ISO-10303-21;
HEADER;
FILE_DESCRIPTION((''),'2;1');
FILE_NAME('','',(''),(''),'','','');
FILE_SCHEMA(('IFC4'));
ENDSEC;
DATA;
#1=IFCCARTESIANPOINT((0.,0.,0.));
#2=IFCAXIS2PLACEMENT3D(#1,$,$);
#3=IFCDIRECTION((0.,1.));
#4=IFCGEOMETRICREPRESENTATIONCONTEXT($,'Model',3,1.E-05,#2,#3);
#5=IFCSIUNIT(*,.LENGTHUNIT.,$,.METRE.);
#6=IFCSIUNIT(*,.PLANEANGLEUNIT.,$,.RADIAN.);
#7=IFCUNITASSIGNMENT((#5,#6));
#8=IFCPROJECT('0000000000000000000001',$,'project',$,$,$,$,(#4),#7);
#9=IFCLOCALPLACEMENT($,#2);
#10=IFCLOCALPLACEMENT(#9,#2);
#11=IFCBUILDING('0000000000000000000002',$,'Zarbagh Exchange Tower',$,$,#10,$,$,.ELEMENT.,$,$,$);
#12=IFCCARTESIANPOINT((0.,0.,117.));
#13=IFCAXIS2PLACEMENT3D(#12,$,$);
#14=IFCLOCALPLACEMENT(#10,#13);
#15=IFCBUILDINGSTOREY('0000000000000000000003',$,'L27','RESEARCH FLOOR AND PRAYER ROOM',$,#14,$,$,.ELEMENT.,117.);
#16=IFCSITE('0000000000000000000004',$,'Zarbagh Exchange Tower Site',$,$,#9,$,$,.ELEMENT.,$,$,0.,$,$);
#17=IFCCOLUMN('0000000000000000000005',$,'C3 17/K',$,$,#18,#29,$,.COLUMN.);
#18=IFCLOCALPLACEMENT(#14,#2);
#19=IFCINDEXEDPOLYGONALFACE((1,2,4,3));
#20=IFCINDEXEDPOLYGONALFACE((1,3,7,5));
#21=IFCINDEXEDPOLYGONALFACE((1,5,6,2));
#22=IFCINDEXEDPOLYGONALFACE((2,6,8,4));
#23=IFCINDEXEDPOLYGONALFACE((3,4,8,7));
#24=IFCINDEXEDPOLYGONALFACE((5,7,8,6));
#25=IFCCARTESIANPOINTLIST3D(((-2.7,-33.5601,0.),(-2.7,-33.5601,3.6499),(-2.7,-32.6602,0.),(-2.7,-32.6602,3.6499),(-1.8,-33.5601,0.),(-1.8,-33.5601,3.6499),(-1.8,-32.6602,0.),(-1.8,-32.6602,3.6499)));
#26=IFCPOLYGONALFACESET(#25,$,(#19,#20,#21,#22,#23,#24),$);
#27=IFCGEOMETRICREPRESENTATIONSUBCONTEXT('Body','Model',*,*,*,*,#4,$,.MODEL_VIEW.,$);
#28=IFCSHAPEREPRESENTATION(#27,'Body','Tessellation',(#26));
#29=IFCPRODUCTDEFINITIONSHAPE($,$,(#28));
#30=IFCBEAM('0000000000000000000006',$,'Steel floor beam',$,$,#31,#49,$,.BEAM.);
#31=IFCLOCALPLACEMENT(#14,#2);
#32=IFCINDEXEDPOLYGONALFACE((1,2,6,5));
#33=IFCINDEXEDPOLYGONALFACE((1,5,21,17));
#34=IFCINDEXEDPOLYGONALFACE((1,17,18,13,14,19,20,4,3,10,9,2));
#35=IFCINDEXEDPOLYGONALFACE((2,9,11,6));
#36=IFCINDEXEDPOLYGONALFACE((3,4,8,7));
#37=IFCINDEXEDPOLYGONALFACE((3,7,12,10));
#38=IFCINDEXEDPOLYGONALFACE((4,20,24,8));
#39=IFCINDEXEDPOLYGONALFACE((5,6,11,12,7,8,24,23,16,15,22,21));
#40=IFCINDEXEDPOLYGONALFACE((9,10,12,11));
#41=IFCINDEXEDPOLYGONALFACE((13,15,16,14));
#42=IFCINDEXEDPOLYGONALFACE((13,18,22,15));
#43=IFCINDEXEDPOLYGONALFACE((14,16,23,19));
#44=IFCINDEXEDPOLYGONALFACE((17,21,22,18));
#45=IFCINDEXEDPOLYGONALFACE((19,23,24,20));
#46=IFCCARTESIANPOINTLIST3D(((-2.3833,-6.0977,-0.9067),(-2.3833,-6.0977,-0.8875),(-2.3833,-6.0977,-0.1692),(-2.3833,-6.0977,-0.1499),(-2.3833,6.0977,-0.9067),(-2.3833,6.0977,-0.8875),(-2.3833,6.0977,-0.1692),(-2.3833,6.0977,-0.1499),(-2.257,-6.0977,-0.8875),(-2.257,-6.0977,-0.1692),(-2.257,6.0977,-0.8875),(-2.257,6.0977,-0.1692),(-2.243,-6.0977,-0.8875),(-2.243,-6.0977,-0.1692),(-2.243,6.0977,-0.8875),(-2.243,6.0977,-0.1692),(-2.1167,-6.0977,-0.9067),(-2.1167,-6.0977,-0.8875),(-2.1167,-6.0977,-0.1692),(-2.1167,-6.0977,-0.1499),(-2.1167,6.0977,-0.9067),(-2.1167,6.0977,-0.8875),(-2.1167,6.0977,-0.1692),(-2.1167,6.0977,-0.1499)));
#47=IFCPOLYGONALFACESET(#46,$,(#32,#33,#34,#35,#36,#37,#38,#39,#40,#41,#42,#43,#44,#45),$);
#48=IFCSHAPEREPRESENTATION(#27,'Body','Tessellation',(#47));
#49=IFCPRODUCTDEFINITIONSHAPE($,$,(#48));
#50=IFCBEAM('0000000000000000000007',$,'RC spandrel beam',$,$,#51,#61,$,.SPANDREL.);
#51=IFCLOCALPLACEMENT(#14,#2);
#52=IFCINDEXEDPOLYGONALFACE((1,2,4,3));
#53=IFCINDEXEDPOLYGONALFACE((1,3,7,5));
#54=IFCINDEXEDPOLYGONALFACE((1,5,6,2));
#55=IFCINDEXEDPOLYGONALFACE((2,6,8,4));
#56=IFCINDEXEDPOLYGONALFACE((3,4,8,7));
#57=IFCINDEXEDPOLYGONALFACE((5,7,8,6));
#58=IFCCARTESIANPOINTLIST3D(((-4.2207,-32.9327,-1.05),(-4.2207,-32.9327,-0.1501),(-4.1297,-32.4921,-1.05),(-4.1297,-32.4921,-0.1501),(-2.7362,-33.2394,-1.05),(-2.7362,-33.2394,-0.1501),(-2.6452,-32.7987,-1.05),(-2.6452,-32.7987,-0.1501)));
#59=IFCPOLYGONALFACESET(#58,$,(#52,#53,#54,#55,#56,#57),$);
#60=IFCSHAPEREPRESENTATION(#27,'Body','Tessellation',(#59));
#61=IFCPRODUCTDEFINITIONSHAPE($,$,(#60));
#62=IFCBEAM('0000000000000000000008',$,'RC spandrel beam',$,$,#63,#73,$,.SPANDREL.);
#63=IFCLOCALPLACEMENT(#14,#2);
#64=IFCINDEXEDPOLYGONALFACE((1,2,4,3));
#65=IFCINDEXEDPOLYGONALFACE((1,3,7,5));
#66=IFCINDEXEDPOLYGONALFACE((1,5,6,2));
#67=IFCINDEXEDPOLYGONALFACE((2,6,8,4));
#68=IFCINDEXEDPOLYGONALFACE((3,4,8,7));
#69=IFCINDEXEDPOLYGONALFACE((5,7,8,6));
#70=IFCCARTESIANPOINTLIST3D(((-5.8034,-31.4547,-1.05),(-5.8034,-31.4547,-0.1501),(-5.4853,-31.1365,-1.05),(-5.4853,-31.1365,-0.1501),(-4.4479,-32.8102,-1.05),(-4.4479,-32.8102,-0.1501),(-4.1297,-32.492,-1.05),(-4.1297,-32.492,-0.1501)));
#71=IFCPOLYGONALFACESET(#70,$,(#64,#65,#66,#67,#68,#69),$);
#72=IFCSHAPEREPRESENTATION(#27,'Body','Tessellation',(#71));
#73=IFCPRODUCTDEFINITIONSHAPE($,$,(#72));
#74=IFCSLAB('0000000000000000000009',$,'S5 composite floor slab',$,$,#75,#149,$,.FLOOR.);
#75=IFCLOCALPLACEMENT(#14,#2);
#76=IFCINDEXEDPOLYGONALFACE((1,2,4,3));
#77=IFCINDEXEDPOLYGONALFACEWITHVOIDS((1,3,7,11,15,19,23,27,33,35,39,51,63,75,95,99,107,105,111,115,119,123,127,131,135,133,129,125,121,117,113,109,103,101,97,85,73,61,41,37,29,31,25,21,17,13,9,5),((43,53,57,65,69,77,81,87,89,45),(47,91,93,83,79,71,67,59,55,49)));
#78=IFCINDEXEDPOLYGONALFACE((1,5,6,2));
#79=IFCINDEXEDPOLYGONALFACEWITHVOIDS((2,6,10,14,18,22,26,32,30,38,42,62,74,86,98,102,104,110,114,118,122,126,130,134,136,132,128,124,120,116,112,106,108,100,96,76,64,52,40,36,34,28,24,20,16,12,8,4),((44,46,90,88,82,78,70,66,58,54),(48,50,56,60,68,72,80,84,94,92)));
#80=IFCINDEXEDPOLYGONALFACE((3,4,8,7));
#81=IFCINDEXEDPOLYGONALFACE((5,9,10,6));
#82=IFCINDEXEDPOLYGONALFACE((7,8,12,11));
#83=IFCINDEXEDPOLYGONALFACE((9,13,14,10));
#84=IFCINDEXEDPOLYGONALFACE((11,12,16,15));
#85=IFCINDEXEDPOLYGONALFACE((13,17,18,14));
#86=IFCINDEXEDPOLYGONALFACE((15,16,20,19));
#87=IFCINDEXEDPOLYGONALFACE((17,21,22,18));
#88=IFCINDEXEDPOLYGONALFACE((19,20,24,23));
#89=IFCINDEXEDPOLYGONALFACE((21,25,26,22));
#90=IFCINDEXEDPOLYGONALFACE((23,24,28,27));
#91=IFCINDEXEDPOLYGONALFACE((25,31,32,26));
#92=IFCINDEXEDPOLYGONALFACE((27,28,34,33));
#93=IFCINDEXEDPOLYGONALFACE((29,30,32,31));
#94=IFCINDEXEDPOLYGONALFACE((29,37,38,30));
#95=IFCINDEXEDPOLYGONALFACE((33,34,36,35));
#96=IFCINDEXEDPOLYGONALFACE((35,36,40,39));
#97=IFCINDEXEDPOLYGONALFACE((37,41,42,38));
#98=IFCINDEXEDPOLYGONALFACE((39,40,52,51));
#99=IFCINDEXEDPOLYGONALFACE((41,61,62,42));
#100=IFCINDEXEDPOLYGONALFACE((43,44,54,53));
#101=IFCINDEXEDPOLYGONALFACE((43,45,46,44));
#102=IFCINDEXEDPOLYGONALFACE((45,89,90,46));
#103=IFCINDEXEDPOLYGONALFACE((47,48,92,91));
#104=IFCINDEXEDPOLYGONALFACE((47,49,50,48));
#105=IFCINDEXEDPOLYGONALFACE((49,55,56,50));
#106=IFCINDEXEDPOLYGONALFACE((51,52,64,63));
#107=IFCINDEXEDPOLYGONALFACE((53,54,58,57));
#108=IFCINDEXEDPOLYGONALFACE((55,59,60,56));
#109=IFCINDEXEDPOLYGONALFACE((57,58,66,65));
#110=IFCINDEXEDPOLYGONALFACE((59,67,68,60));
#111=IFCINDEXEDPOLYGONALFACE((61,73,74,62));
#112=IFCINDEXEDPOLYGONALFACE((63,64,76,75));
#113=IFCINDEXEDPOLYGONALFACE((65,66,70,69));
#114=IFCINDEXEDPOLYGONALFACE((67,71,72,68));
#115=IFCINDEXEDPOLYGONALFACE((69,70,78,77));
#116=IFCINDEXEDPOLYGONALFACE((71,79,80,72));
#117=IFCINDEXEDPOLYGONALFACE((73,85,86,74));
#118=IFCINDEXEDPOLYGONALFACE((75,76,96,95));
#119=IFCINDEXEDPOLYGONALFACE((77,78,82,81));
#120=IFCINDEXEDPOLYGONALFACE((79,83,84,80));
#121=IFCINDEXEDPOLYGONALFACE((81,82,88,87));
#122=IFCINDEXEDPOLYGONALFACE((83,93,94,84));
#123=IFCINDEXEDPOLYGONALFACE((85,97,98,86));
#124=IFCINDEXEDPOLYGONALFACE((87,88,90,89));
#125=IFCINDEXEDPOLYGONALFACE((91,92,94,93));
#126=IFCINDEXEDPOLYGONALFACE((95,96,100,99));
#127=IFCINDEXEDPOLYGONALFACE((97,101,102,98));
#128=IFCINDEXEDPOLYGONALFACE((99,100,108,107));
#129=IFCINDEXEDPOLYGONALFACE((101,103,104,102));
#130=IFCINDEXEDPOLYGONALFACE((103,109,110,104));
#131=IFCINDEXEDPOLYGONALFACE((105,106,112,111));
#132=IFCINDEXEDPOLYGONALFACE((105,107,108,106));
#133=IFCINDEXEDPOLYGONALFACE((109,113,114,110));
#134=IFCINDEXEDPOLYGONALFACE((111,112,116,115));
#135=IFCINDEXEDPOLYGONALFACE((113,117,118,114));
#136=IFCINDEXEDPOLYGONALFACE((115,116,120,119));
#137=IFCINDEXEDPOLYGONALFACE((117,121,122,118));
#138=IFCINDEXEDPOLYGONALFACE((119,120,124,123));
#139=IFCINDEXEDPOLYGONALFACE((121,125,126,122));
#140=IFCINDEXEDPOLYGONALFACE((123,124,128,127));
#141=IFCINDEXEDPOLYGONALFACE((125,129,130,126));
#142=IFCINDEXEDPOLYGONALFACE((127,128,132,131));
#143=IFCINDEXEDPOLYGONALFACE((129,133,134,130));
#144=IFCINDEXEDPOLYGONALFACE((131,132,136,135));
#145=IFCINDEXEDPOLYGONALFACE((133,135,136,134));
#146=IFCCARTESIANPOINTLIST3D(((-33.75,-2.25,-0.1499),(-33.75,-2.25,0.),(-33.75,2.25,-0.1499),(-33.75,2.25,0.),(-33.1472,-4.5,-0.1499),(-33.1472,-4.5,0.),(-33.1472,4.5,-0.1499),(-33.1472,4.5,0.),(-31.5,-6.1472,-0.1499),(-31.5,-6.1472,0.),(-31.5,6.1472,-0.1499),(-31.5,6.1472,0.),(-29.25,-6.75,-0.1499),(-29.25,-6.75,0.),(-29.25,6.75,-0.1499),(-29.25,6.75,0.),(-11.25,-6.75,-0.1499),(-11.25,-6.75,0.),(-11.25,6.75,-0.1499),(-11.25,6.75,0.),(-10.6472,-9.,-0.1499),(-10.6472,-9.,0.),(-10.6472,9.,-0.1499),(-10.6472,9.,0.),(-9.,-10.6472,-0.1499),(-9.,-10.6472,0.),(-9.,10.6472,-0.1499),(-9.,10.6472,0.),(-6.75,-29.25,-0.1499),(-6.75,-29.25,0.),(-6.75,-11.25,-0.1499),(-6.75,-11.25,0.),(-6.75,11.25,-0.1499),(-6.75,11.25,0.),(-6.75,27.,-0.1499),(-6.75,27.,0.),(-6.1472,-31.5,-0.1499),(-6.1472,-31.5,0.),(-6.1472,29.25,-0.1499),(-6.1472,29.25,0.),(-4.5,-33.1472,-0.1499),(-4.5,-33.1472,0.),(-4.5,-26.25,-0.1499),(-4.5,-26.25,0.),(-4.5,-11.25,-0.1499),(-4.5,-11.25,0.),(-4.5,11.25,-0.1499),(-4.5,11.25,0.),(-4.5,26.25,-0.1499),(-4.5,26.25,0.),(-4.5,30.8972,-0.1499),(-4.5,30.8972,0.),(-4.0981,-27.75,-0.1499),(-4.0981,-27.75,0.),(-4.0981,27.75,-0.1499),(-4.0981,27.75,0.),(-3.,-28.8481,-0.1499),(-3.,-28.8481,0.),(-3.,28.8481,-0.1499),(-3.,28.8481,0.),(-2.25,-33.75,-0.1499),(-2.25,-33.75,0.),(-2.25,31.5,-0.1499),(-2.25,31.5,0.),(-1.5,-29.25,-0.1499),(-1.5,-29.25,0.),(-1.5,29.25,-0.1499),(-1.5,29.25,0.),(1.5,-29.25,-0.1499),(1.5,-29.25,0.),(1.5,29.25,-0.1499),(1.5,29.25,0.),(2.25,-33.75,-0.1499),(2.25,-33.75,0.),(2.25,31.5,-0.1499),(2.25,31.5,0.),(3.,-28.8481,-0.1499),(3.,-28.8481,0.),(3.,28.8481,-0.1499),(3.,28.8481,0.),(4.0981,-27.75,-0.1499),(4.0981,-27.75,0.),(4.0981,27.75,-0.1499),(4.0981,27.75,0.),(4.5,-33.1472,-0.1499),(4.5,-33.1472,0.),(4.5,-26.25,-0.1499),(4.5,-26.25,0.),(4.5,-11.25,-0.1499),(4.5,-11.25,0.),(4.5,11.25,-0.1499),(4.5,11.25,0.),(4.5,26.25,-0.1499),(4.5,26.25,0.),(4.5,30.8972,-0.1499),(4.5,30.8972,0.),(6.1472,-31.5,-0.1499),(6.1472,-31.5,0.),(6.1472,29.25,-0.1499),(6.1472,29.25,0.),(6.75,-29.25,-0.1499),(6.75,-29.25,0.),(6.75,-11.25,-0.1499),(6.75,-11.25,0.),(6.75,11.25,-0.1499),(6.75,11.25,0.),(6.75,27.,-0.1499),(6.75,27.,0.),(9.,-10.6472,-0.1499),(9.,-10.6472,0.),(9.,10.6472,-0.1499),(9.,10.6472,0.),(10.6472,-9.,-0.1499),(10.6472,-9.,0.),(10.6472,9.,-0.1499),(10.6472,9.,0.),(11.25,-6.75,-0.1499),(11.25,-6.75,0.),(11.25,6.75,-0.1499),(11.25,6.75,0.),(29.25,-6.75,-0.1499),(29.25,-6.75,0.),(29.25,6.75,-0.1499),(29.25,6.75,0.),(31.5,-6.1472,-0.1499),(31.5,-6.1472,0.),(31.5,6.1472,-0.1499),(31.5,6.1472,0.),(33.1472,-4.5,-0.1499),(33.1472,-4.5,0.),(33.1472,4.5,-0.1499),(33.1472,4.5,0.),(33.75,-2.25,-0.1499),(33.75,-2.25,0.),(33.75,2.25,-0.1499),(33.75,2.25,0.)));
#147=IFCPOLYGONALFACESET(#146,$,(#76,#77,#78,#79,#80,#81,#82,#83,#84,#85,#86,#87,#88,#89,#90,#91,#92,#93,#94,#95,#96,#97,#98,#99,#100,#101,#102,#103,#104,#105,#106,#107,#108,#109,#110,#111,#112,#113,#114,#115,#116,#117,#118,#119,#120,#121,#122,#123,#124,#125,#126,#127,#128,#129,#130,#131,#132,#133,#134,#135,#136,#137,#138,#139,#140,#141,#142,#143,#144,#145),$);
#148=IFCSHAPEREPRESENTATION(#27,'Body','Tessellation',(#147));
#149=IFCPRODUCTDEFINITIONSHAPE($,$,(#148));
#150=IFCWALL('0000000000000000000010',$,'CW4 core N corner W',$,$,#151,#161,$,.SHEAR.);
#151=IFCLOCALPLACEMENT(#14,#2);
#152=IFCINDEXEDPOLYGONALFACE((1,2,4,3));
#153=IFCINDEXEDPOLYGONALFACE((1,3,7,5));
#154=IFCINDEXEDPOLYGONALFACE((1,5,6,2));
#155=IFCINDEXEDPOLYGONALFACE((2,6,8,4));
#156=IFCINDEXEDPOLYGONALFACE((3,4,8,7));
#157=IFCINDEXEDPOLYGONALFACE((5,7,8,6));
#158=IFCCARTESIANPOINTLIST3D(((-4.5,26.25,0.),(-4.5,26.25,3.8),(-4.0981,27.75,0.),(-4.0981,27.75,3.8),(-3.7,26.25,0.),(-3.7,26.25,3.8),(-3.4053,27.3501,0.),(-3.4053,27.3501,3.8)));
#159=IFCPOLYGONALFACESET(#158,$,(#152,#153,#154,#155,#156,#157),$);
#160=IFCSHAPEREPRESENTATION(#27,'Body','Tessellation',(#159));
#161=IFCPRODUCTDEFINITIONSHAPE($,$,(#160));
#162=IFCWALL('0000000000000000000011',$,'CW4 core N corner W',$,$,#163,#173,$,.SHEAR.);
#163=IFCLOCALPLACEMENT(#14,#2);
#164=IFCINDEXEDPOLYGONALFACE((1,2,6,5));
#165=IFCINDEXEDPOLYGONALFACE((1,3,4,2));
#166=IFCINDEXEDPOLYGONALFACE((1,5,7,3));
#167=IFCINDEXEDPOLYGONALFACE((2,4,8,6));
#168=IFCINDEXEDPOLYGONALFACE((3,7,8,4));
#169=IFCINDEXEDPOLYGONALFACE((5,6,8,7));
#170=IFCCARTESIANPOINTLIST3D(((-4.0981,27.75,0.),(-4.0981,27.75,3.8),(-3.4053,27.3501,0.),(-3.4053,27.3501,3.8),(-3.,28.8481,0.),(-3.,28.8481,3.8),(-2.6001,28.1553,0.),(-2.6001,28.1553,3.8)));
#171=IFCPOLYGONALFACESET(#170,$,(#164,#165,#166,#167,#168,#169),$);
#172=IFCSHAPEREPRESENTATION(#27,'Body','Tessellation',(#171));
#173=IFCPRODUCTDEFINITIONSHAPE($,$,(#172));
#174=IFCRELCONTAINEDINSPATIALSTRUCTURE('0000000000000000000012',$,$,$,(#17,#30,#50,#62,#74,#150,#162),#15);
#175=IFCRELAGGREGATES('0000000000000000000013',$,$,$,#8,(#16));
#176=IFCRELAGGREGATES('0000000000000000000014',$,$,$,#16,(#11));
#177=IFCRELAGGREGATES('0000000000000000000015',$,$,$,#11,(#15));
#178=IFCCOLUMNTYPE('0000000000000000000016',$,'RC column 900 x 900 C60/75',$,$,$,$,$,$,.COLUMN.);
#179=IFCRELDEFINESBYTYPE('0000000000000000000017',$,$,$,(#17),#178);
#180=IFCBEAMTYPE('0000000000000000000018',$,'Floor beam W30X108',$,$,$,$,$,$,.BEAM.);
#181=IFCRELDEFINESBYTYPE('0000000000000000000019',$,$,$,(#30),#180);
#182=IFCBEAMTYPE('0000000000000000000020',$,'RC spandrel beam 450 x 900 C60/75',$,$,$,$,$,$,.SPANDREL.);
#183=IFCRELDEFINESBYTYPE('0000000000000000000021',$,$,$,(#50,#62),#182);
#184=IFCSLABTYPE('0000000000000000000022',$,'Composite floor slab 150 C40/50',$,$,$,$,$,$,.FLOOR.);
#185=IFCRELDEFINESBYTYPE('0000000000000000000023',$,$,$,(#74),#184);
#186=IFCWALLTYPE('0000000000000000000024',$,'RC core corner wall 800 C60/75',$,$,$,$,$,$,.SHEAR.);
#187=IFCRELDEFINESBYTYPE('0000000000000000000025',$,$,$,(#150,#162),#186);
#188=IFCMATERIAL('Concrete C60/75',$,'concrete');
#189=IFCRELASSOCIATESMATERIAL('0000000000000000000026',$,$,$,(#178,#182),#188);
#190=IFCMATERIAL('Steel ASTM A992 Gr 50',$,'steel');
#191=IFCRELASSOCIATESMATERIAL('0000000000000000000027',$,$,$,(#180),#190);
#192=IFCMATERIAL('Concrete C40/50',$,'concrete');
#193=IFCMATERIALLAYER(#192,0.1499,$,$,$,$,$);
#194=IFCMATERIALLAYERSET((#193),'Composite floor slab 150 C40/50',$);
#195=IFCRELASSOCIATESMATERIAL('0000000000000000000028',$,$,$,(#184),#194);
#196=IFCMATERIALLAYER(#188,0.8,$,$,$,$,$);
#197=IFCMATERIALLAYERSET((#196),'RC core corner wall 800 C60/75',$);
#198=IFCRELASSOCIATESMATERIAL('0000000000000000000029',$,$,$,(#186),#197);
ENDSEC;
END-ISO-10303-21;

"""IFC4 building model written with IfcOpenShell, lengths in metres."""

from ifc_helpers import new_model, si_unit, direction, frame, origin, origin_2d, place, context, subcontext, project, spatial, polyline, rectangle, i_section, outline, extrude, material, layer, layer_set, material_profile, profile_set, type_object, element, save


model = new_model("IFC4")

# Units and contexts
model_context = context("Model", 3, precision=1e-05, world=origin(), true_north=direction((0.0, 1.0)))
body_context = subcontext(model_context, "Body", "Model", "MODEL_VIEW")
ifc_project = project(units=[si_unit("LENGTHUNIT", "METRE"), si_unit("PLANEANGLEUNIT", "RADIAN")], contexts=[model_context])

# Site, building, storey
site_placement = place(None, origin())
site = spatial("IfcSite", under=ifc_project, at=site_placement, Name="Zarbagh Exchange Tower Site", CompositionType="ELEMENT", RefElevation=0.0)
building_placement = place(site_placement, origin())
building = spatial("IfcBuilding", under=site, at=building_placement, Name="Zarbagh Exchange Tower", CompositionType="ELEMENT")
storey_placement = place(building_placement, frame((0.0, 0.0, 117.0)))
storey = spatial("IfcBuildingStorey", under=building, at=storey_placement, Name="L27", Description="RESEARCH FLOOR AND PRAYER ROOM", CompositionType="ELEMENT", Elevation=117.0)

# Column
ifc_material_1 = material(Name="Concrete C60/75", Category="concrete")
ifc_material_profile_1 = material_profile(ifc_material_1, rectangle(XDim=0.8999, YDim=0.8999, at=origin_2d()), Name="RC column 900 x 900 C60/75")
ifc_profile_set_1 = profile_set([ifc_material_profile_1], Name="Concrete C60/75")
column_type = type_object("IfcColumnType", Name="RC column 900 x 900 C60/75", PredefinedType="COLUMN", material=ifc_profile_set_1)
column_placement = place(storey_placement, frame((-2.25, -33.1101, 0.0), z_axis=(0.0, 0.0, 1.0), x_axis=(1.0, 0.0, 0.0)))
element("IfcColumn", 1, at=column_placement, inside=storey, type_object=column_type, Name="C3 17/K", PredefinedType="COLUMN", context=body_context, shape_type="SweptSolid", body=[
    extrude(rectangle(XDim=0.8999, YDim=0.8999, at=origin_2d()), origin(), (0.0, 0.0, 1.0), 3.6499),
])

# Beams
ifc_material_2 = material(Name="Steel ASTM A992 Gr 50", Category="steel")
ifc_material_profile_2 = material_profile(ifc_material_2, i_section(OverallWidth=0.2666, OverallDepth=0.7568, WebThickness=0.0139, FlangeThickness=0.0193, at=origin_2d()), Name="W30X108")
ifc_profile_set_2 = profile_set([ifc_material_profile_2], Name="Steel ASTM A992 Gr 50")
beam_type_1 = type_object("IfcBeamType", Name="Floor beam W30X108", PredefinedType="BEAM", material=ifc_profile_set_2)
beam_1_placement = place(storey_placement, frame((-2.25, -6.0977, -0.5283), z_axis=(0.0, 1.0, 0.0), x_axis=(-1.0, 0.0, 0.0)))
element("IfcBeam", 2, at=beam_1_placement, inside=storey, type_object=beam_type_1, Name="Steel floor beam", PredefinedType="BEAM", context=body_context, shape_type="SweptSolid", body=[
    extrude(i_section(OverallWidth=0.2666, OverallDepth=0.7568, WebThickness=0.0139, FlangeThickness=0.0193, at=origin_2d()), origin(), (0.0, 0.0, 1.0), 12.1953),
])
ifc_material_profile_3 = material_profile(ifc_material_1, rectangle(XDim=0.45, YDim=0.8999, at=origin_2d()), Name="RC spandrel beam 450 x 900 C60/75")
ifc_profile_set_3 = profile_set([ifc_material_profile_3], Name="Concrete C60/75")
beam_type_2 = type_object("IfcBeamType", Name="RC spandrel beam 450 x 900 C60/75", PredefinedType="SPANDREL", material=ifc_profile_set_3)
beam_2_placement = place(storey_placement, frame((-2.6907, -33.019, -0.6001), z_axis=(-0.979329, 0.202275, 0.0), x_axis=(-0.202275, -0.979329, 0.0)))
element("IfcBeam", 3, at=beam_2_placement, inside=storey, type_object=beam_type_2, Name="RC spandrel beam", PredefinedType="SPANDREL", context=body_context, shape_type="SweptSolid", body=[
    extrude(rectangle(XDim=0.45, YDim=0.8999, at=origin_2d()), origin(), (0.0, 0.0, 1.0), 1.5159),
])
beam_3_placement = place(storey_placement, frame((-4.2888, -32.6511, -0.6001), z_axis=(-0.707107, 0.707107, 0.0), x_axis=(-0.707107, -0.707107, 0.0)))
element("IfcBeam", 4, at=beam_3_placement, inside=storey, type_object=beam_type_2, Name="RC spandrel beam", PredefinedType="SPANDREL", context=body_context, shape_type="SweptSolid", body=[
    extrude(rectangle(XDim=0.45, YDim=0.8999, at=origin_2d()), origin(), (0.0, 0.0, 1.0), 1.917),
])

# Slab
ifc_material_3 = material(Name="Concrete C40/50", Category="concrete")
ifc_layer_1 = layer(ifc_material_3, 0.1499)
ifc_layer_set_1 = layer_set([ifc_layer_1], Name="Composite floor slab 150 C40/50")
slab_type = type_object("IfcSlabType", Name="Composite floor slab 150 C40/50", PredefinedType="FLOOR", material=ifc_layer_set_1)
slab_placement = place(storey_placement, frame((0.0, 0.0, -0.1499)))
element("IfcSlab", 5, at=slab_placement, inside=storey, type_object=slab_type, Name="S5 composite floor slab", PredefinedType="FLOOR", context=body_context, shape_type="SweptSolid", body=[
    extrude(outline(polyline([(-2.25, -33.75), (-4.5, -33.1472), (-6.1472, -31.5), (-6.75, -29.25), (-6.75, -11.25), (-9.0, -10.6472), (-10.6472, -9.0), (-11.25, -6.75), (-29.25, -6.75), (-31.5, -6.1472), (-33.1472, -4.5), (-33.75, -2.25), (-33.75, 2.25), (-33.1472, 4.5), (-31.5, 6.1472), (-29.25, 6.75), (-11.25, 6.75), (-10.6472, 9.0), (-9.0, 10.6472), (-6.75, 11.25), (-6.75, 27.0), (-6.1472, 29.25), (-4.5, 30.8972), (-2.25, 31.5), (2.25, 31.5), (4.5, 30.8972), (6.1472, 29.25), (6.75, 27.0), (6.75, 11.25), (9.0, 10.6472), (10.6472, 9.0), (11.25, 6.75), (29.25, 6.75), (31.5, 6.1472), (33.1472, 4.5), (33.75, 2.25), (33.75, -2.25), (33.1472, -4.5), (31.5, -6.1472), (29.25, -6.75), (11.25, -6.75), (10.6472, -9.0), (9.0, -10.6472), (6.75, -11.25), (6.75, -29.25), (6.1472, -31.5), (4.5, -33.1472), (2.25, -33.75), (-2.25, -33.75)]), holes=[polyline([(4.5, 11.25), (4.5, 26.25), (4.0981, 27.75), (3.0, 28.8481), (1.5, 29.25), (-1.5, 29.25), (-3.0, 28.8481), (-4.0981, 27.75), (-4.5, 26.25), (-4.5, 11.25), (4.5, 11.25)]), polyline([(-1.5, -29.25), (1.5, -29.25), (3.0, -28.8481), (4.0981, -27.75), (4.5, -26.25), (4.5, -11.25), (-4.5, -11.25), (-4.5, -26.25), (-4.0981, -27.75), (-3.0, -28.8481), (-1.5, -29.25)])]), origin(), (0.0, 0.0, 1.0), 0.1499),
])

# Walls
ifc_layer_2 = layer(ifc_material_1, 0.8)
ifc_layer_set_2 = layer_set([ifc_layer_2], Name="RC core corner wall 800 C60/75")
wall_type_1 = type_object("IfcWallType", Name="RC core corner wall 800 C60/75", PredefinedType="SHEAR", material=ifc_layer_set_2)
wall_1_placement = place(storey_placement, origin())
element("IfcWall", 6, at=wall_1_placement, inside=storey, type_object=wall_type_1, Name="CW4 core N corner W", PredefinedType="SHEAR", context=body_context, shape_type="SweptSolid", body=[
    extrude(outline(polyline([(-4.5, 26.25), (-4.0981, 27.75), (-3.4053, 27.3501), (-3.7, 26.25), (-4.5, 26.25)])), origin(), (0.0, 0.0, 1.0), 3.8),
])
wall_2_placement = place(storey_placement, origin())
element("IfcWall", 7, at=wall_2_placement, inside=storey, type_object=wall_type_1, Name="CW4 core N corner W", PredefinedType="SHEAR", context=body_context, shape_type="SweptSolid", body=[
    extrude(outline(polyline([(-4.0981, 27.75), (-3.0, 28.8481), (-2.6001, 28.1553), (-3.4053, 27.3501), (-4.0981, 27.75)])), origin(), (0.0, 0.0, 1.0), 3.8),
])

save(model, "model.ifc")
